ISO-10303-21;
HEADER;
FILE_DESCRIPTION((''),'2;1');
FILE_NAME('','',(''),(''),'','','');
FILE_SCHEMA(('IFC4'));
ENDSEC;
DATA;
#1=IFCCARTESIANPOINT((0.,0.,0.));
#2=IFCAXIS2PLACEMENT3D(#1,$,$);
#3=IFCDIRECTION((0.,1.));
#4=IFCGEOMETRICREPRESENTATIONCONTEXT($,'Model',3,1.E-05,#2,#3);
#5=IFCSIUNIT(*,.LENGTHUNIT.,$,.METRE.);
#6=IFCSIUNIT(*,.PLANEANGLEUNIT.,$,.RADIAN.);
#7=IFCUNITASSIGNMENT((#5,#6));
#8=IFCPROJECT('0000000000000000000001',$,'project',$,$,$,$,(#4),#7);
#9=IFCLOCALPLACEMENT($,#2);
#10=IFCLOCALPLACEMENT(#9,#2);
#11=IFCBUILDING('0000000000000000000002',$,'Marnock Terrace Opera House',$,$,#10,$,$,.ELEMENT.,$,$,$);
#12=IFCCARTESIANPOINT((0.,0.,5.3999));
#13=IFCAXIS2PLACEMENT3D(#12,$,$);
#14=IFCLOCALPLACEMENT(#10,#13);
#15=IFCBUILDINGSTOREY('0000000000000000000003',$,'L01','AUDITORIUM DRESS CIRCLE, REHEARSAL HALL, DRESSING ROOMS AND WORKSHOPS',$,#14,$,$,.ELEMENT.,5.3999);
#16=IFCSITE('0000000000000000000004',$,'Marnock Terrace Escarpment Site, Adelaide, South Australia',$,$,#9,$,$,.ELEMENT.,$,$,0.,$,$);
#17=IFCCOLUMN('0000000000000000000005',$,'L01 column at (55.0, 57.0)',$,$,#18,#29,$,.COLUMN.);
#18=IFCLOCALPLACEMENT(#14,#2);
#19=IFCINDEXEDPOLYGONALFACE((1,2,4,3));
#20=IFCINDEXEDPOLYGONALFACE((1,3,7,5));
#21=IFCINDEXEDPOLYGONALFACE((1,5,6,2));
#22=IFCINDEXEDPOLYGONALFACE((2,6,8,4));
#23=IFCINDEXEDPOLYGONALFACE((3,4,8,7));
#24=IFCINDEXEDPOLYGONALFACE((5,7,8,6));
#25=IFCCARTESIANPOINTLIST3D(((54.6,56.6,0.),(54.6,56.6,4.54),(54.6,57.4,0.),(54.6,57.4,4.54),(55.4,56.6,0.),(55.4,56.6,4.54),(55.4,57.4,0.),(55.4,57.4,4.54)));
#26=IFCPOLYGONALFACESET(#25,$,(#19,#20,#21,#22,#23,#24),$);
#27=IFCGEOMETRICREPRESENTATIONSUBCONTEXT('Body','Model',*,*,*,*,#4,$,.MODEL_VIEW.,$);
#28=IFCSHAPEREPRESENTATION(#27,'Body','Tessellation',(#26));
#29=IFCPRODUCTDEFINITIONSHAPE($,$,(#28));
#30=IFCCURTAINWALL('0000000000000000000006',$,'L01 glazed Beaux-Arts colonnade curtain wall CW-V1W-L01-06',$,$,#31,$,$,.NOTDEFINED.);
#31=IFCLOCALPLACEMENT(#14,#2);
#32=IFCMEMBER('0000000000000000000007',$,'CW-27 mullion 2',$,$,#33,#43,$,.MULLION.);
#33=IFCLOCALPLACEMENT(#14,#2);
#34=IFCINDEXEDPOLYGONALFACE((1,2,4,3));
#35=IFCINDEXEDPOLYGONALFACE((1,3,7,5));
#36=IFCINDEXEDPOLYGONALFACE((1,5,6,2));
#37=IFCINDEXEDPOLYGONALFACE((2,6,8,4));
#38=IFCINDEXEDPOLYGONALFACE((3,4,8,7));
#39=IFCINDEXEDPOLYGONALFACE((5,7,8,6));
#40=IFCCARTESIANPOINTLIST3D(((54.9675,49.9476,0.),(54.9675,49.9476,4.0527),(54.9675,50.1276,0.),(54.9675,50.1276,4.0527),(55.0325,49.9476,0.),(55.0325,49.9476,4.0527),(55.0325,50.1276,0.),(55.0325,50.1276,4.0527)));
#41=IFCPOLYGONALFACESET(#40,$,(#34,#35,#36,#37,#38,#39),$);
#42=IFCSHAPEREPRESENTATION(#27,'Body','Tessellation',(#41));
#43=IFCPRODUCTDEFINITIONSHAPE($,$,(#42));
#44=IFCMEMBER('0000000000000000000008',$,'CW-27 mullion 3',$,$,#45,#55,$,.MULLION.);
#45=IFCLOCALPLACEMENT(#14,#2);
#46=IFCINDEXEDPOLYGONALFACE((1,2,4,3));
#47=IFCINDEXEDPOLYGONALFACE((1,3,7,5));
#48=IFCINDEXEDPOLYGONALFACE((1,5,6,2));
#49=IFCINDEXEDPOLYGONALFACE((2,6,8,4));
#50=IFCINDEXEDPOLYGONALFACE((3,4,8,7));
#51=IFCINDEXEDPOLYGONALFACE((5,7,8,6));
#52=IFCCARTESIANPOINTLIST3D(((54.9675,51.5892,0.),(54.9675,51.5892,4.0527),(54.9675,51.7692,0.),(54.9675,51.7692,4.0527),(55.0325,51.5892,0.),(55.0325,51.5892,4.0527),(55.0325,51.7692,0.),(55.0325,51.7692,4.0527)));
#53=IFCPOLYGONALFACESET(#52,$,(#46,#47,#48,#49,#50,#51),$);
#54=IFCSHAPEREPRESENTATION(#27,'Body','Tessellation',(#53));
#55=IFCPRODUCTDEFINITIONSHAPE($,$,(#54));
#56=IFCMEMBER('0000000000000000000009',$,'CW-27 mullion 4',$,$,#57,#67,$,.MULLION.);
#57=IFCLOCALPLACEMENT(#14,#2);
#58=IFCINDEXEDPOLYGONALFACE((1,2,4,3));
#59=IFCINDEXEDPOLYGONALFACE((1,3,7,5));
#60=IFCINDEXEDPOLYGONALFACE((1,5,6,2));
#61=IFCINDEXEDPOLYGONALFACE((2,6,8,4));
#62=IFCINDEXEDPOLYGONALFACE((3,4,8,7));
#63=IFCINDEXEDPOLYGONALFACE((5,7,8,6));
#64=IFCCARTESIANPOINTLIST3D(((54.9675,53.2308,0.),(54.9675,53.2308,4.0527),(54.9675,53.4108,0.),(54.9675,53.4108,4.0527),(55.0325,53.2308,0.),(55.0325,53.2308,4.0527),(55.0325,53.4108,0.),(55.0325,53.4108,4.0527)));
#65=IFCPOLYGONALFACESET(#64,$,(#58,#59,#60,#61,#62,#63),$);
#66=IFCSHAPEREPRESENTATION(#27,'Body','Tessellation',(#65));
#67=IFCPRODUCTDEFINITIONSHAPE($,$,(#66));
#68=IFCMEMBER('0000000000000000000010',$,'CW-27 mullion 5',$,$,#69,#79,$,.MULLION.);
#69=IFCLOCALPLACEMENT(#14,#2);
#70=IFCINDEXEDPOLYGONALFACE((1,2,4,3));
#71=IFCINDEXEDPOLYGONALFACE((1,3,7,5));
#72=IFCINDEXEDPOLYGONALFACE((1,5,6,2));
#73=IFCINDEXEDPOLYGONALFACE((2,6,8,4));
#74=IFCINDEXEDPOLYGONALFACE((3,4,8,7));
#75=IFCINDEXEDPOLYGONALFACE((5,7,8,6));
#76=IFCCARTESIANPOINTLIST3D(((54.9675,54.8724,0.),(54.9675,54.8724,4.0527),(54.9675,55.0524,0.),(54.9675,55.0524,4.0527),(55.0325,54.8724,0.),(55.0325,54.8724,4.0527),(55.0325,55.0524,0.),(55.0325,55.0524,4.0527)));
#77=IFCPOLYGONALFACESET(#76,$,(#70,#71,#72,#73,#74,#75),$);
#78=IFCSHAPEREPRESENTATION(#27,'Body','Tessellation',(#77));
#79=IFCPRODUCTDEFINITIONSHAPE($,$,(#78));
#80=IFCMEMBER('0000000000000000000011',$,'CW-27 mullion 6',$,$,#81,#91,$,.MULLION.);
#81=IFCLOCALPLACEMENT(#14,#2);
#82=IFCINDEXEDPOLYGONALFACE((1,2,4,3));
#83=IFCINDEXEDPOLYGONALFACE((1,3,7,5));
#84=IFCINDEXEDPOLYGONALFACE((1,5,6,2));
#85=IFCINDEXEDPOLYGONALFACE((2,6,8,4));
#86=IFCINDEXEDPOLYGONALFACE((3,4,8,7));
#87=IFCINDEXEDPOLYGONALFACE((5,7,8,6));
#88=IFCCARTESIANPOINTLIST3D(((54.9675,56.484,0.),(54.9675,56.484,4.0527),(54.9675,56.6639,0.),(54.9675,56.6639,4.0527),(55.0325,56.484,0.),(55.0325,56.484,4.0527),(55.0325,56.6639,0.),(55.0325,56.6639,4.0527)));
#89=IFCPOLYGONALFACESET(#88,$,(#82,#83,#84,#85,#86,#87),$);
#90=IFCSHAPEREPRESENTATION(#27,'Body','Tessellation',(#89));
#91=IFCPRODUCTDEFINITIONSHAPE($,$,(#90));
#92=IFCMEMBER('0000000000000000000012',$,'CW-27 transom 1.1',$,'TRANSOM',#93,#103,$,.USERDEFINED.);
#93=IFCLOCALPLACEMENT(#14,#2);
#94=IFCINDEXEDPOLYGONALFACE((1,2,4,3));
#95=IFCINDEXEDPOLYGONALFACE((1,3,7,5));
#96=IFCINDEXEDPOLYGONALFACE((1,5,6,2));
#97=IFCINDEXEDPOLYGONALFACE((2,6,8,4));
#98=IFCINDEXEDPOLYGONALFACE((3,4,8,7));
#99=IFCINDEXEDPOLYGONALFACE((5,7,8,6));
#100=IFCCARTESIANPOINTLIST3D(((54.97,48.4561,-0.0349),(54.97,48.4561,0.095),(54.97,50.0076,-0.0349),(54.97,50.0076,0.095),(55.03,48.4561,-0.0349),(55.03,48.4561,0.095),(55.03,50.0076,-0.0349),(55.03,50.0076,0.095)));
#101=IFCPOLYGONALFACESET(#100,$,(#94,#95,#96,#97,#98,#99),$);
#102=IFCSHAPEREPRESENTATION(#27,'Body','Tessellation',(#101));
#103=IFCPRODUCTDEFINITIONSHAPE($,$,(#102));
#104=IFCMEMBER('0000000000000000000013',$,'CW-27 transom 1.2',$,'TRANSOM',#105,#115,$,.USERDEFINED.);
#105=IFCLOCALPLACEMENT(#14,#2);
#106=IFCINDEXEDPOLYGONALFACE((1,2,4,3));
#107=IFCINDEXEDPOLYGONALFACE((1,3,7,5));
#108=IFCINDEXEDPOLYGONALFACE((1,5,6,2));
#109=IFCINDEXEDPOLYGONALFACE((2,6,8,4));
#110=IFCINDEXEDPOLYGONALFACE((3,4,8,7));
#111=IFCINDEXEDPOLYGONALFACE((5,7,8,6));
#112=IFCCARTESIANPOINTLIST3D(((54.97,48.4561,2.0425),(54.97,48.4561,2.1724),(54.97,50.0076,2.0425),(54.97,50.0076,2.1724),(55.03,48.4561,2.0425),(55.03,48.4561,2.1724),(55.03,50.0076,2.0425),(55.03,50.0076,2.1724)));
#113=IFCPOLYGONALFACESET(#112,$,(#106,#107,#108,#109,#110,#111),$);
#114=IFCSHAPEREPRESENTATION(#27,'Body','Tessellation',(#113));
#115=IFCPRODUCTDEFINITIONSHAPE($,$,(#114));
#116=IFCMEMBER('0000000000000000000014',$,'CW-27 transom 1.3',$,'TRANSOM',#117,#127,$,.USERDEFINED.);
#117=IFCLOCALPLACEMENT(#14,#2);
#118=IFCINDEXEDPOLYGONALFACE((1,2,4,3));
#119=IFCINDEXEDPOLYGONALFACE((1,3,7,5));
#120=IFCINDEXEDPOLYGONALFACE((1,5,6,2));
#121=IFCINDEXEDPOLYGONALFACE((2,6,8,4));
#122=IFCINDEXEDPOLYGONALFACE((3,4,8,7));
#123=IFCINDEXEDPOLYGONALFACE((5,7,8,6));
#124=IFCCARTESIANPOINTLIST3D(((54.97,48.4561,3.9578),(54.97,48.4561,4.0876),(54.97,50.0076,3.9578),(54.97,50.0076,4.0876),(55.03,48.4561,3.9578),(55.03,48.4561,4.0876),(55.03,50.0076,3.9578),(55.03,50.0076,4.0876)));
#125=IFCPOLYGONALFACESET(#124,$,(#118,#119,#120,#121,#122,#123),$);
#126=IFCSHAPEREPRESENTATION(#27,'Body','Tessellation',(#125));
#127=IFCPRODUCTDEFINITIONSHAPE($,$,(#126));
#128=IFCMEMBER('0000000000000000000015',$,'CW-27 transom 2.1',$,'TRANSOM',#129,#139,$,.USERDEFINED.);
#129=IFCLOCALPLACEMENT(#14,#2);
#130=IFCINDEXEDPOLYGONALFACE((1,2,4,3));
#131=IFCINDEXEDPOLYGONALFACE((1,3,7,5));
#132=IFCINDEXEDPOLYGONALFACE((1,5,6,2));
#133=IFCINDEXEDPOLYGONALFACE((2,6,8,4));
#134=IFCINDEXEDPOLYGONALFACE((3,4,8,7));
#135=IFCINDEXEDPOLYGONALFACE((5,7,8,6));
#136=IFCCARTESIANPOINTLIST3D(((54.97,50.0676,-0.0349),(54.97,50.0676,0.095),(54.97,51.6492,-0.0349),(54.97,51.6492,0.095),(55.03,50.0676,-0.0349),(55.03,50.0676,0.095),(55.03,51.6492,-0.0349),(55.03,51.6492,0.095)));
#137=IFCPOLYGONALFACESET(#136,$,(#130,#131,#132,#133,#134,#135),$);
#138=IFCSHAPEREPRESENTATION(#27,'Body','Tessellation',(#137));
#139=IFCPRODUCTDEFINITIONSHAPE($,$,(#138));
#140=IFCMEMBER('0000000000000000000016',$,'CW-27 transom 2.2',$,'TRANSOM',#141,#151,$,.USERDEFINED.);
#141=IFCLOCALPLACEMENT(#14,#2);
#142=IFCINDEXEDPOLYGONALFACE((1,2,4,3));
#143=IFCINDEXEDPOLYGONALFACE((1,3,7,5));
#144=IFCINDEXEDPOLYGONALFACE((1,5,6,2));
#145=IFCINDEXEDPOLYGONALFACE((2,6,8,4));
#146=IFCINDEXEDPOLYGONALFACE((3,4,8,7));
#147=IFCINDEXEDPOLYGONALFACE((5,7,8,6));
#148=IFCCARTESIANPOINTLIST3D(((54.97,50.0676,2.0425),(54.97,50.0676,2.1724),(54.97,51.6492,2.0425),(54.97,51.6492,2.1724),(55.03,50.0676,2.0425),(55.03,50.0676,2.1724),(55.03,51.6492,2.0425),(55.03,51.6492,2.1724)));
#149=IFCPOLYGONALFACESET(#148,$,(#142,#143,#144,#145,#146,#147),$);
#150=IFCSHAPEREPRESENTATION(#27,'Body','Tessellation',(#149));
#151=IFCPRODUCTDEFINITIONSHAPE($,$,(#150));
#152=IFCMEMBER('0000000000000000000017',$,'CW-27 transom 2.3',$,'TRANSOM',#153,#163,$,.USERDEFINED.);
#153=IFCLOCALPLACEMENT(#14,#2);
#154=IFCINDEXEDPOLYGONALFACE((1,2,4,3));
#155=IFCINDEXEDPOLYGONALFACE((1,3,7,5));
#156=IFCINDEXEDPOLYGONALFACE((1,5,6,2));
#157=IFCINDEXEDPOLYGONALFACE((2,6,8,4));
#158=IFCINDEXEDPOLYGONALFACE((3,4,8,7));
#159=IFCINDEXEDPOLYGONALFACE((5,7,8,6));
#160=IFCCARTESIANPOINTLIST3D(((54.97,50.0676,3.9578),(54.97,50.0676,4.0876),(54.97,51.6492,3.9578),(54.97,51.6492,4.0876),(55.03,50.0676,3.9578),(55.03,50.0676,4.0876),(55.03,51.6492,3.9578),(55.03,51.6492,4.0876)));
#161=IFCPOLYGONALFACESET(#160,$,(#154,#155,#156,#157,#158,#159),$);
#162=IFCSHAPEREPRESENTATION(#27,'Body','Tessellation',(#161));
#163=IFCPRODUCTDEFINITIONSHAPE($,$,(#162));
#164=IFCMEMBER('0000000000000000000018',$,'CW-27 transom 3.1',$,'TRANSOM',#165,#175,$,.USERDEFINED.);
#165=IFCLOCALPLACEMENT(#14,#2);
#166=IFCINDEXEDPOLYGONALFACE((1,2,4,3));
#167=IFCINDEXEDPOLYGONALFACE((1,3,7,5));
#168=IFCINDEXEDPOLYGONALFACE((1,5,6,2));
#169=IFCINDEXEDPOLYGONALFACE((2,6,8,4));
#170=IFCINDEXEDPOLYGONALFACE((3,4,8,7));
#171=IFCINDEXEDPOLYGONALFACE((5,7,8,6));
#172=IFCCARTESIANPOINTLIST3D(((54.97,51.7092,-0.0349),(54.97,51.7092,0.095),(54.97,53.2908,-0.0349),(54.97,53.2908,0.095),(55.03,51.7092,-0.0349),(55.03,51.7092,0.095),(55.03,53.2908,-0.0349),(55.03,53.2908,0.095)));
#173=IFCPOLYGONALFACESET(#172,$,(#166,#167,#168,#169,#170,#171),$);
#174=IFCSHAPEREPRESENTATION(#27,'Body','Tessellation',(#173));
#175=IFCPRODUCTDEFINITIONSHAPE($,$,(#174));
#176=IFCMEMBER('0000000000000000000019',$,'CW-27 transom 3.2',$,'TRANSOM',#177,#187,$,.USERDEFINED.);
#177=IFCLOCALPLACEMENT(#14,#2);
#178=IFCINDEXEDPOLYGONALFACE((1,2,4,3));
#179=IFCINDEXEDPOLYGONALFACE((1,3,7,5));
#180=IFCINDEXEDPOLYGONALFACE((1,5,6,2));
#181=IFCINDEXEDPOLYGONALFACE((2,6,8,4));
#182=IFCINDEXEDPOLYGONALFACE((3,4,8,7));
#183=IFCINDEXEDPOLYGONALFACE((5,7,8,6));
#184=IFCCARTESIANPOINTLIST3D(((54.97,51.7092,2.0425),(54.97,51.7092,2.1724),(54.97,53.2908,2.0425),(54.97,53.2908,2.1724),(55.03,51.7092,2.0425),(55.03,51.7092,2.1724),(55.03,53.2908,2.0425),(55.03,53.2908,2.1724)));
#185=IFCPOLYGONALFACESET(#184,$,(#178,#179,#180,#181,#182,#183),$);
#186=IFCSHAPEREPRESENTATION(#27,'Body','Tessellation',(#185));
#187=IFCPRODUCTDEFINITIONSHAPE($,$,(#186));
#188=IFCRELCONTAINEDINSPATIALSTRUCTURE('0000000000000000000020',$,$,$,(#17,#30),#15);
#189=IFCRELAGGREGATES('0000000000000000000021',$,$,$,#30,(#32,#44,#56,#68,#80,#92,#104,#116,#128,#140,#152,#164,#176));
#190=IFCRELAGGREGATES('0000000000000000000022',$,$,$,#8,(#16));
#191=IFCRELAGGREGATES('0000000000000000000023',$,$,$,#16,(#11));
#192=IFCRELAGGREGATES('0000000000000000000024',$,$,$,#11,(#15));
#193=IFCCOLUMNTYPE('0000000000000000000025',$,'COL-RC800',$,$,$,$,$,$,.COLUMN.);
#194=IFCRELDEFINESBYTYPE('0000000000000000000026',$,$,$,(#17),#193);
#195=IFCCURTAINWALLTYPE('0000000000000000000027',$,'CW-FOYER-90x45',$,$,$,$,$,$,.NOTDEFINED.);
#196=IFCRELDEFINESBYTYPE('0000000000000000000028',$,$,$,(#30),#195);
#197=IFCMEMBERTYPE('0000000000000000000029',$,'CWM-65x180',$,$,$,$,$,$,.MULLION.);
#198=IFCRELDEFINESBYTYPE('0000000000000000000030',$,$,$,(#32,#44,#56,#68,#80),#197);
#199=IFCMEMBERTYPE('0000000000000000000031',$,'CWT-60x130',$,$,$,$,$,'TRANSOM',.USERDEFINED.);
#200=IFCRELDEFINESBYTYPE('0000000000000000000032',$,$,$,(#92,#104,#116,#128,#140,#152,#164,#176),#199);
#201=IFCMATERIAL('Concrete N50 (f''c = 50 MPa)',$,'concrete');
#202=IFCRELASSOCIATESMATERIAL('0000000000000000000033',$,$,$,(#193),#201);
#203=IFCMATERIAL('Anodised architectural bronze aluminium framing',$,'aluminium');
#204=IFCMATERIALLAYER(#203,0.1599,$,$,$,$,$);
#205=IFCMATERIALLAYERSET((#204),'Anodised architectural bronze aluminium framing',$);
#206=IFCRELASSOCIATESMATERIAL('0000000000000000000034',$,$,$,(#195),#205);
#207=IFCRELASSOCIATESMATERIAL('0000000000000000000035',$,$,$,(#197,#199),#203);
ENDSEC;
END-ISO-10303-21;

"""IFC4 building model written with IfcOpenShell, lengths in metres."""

from ifc_helpers import new_model, si_unit, direction, frame, origin, origin_2d, place, context, subcontext, project, spatial, rectangle, extrude, material, layer, layer_set, material_profile, profile_set, type_object, element, aggregate, save


model = new_model("IFC4")

# Units and contexts
model_context = context("Model", 3, precision=1e-05, world=origin(), true_north=direction((0.0, 1.0)))
body_context = subcontext(model_context, "Body", "Model", "MODEL_VIEW")
ifc_project = project(units=[si_unit("LENGTHUNIT", "METRE"), si_unit("PLANEANGLEUNIT", "RADIAN")], contexts=[model_context])

# Site, building, storey
site_placement = place(None, origin())
site = spatial("IfcSite", under=ifc_project, at=site_placement, Name="Marnock Terrace Escarpment Site, Adelaide, South Australia", CompositionType="ELEMENT", RefElevation=0.0)
building_placement = place(site_placement, origin())
building = spatial("IfcBuilding", under=site, at=building_placement, Name="Marnock Terrace Opera House", CompositionType="ELEMENT")
storey_placement = place(building_placement, frame((0.0, 0.0, 5.3999)))
storey = spatial("IfcBuildingStorey", under=building, at=storey_placement, Name="L01", Description="AUDITORIUM DRESS CIRCLE, REHEARSAL HALL, DRESSING ROOMS AND WORKSHOPS", CompositionType="ELEMENT", Elevation=5.3999)

# Column
ifc_material_1 = material(Name="Concrete N50 (f'c = 50 MPa)", Category="concrete")
ifc_material_profile_1 = material_profile(ifc_material_1, rectangle(XDim=0.8, YDim=0.8, at=origin_2d()))
ifc_profile_set_1 = profile_set([ifc_material_profile_1], Name="Concrete N50 (f'c = 50 MPa)")
column_type = type_object("IfcColumnType", Name="COL-RC800", PredefinedType="COLUMN", material=ifc_profile_set_1)
column_placement = place(storey_placement, frame((55.0, 57.0, 0.0), z_axis=(0.0, 0.0, 1.0), x_axis=(1.0, 0.0, 0.0)))
element("IfcColumn", 1, at=column_placement, inside=storey, type_object=column_type, Name="L01 column at (55.0, 57.0)", PredefinedType="COLUMN", context=body_context, shape_type="SweptSolid", body=[
    extrude(rectangle(XDim=0.8, YDim=0.8, at=origin_2d()), origin(), (0.0, 0.0, 1.0), 4.54),
])

# Curtain wall, members
ifc_material_2 = material(Name="Anodised architectural bronze aluminium framing", Category="aluminium")
ifc_layer_1 = layer(ifc_material_2, 0.1599)
ifc_layer_set_1 = layer_set([ifc_layer_1], Name="Anodised architectural bronze aluminium framing")
curtain_wall_type = type_object("IfcCurtainWallType", Name="CW-FOYER-90x45", PredefinedType="NOTDEFINED", material=ifc_layer_set_1)
curtain_wall_placement = place(storey_placement, origin())
curtain_wall = element("IfcCurtainWall", 2, at=curtain_wall_placement, inside=storey, type_object=curtain_wall_type, Name="L01 glazed Beaux-Arts colonnade curtain wall CW-V1W-L01-06", PredefinedType="NOTDEFINED")
ifc_material_profile_2 = material_profile(ifc_material_2, rectangle(XDim=0.0649, YDim=0.1799, at=origin_2d()))
ifc_profile_set_2 = profile_set([ifc_material_profile_2], Name="Anodised architectural bronze aluminium framing")
member_type_1 = type_object("IfcMemberType", Name="CWM-65x180", PredefinedType="MULLION", material=ifc_profile_set_2)
member_1_placement = place(storey_placement, frame((55.0, 50.0376, 0.0), z_axis=(0.0, 0.0, 1.0), x_axis=(-1.0, 0.0, 0.0)))
member_1 = element("IfcMember", 3, at=member_1_placement, type_object=member_type_1, Name="CW-27 mullion 2", PredefinedType="MULLION", context=body_context, shape_type="SweptSolid", body=[
    extrude(rectangle(XDim=0.0649, YDim=0.1799, at=origin_2d()), origin(), (0.0, 0.0, 1.0), 4.0527),
])
member_2_placement = place(storey_placement, frame((55.0, 51.6792, 0.0), z_axis=(0.0, 0.0, 1.0), x_axis=(-1.0, 0.0, 0.0)))
member_2 = element("IfcMember", 4, at=member_2_placement, type_object=member_type_1, Name="CW-27 mullion 3", PredefinedType="MULLION", context=body_context, shape_type="SweptSolid", body=[
    extrude(rectangle(XDim=0.0649, YDim=0.1799, at=origin_2d()), origin(), (0.0, 0.0, 1.0), 4.0527),
])
member_3_placement = place(storey_placement, frame((55.0, 53.3208, 0.0), z_axis=(0.0, 0.0, 1.0), x_axis=(-1.0, 0.0, 0.0)))
member_3 = element("IfcMember", 5, at=member_3_placement, type_object=member_type_1, Name="CW-27 mullion 4", PredefinedType="MULLION", context=body_context, shape_type="SweptSolid", body=[
    extrude(rectangle(XDim=0.0649, YDim=0.1799, at=origin_2d()), origin(), (0.0, 0.0, 1.0), 4.0527),
])
member_4_placement = place(storey_placement, frame((55.0, 54.9624, 0.0), z_axis=(0.0, 0.0, 1.0), x_axis=(-1.0, 0.0, 0.0)))
member_4 = element("IfcMember", 6, at=member_4_placement, type_object=member_type_1, Name="CW-27 mullion 5", PredefinedType="MULLION", context=body_context, shape_type="SweptSolid", body=[
    extrude(rectangle(XDim=0.0649, YDim=0.1799, at=origin_2d()), origin(), (0.0, 0.0, 1.0), 4.0527),
])
member_5_placement = place(storey_placement, frame((55.0, 56.574, 0.0), z_axis=(0.0, 0.0, 1.0), x_axis=(-1.0, 0.0, 0.0)))
member_5 = element("IfcMember", 7, at=member_5_placement, type_object=member_type_1, Name="CW-27 mullion 6", PredefinedType="MULLION", context=body_context, shape_type="SweptSolid", body=[
    extrude(rectangle(XDim=0.0649, YDim=0.1799, at=origin_2d()), origin(), (0.0, 0.0, 1.0), 4.0527),
])
ifc_material_profile_3 = material_profile(ifc_material_2, rectangle(XDim=0.0601, YDim=0.1299, at=origin_2d()))
ifc_profile_set_3 = profile_set([ifc_material_profile_3], Name="Anodised architectural bronze aluminium framing")
member_type_2 = type_object("IfcMemberType", Name="CWT-60x130", ElementType="TRANSOM", PredefinedType="USERDEFINED", material=ifc_profile_set_3)
member_6_placement = place(storey_placement, frame((55.0, 48.4561, 0.03), z_axis=(0.0, 1.0, 0.0), x_axis=(-1.0, 0.0, 0.0)))
member_6 = element("IfcMember", 8, at=member_6_placement, type_object=member_type_2, Name="CW-27 transom 1.1", ObjectType="TRANSOM", PredefinedType="USERDEFINED", context=body_context, shape_type="SweptSolid", body=[
    extrude(rectangle(XDim=0.0601, YDim=0.1299, at=origin_2d()), origin(), (0.0, 0.0, 1.0), 1.5515),
])
member_7_placement = place(storey_placement, frame((55.0, 48.4561, 2.1074), z_axis=(0.0, 1.0, 0.0), x_axis=(-1.0, 0.0, 0.0)))
member_7 = element("IfcMember", 9, at=member_7_placement, type_object=member_type_2, Name="CW-27 transom 1.2", ObjectType="TRANSOM", PredefinedType="USERDEFINED", context=body_context, shape_type="SweptSolid", body=[
    extrude(rectangle(XDim=0.0601, YDim=0.1299, at=origin_2d()), origin(), (0.0, 0.0, 1.0), 1.5515),
])
member_8_placement = place(storey_placement, frame((55.0, 48.4561, 4.0227), z_axis=(0.0, 1.0, 0.0), x_axis=(-1.0, 0.0, 0.0)))
member_8 = element("IfcMember", 10, at=member_8_placement, type_object=member_type_2, Name="CW-27 transom 1.3", ObjectType="TRANSOM", PredefinedType="USERDEFINED", context=body_context, shape_type="SweptSolid", body=[
    extrude(rectangle(XDim=0.0601, YDim=0.1299, at=origin_2d()), origin(), (0.0, 0.0, 1.0), 1.5515),
])
member_9_placement = place(storey_placement, frame((55.0, 50.0676, 0.03), z_axis=(0.0, 1.0, 0.0), x_axis=(-1.0, 0.0, 0.0)))
member_9 = element("IfcMember", 11, at=member_9_placement, type_object=member_type_2, Name="CW-27 transom 2.1", ObjectType="TRANSOM", PredefinedType="USERDEFINED", context=body_context, shape_type="SweptSolid", body=[
    extrude(rectangle(XDim=0.0601, YDim=0.1299, at=origin_2d()), origin(), (0.0, 0.0, 1.0), 1.5815),
])
member_10_placement = place(storey_placement, frame((55.0, 50.0676, 2.1074), z_axis=(0.0, 1.0, 0.0), x_axis=(-1.0, 0.0, 0.0)))
member_10 = element("IfcMember", 12, at=member_10_placement, type_object=member_type_2, Name="CW-27 transom 2.2", ObjectType="TRANSOM", PredefinedType="USERDEFINED", context=body_context, shape_type="SweptSolid", body=[
    extrude(rectangle(XDim=0.0601, YDim=0.1299, at=origin_2d()), origin(), (0.0, 0.0, 1.0), 1.5815),
])
member_11_placement = place(storey_placement, frame((55.0, 50.0676, 4.0227), z_axis=(0.0, 1.0, 0.0), x_axis=(-1.0, 0.0, 0.0)))
member_11 = element("IfcMember", 13, at=member_11_placement, type_object=member_type_2, Name="CW-27 transom 2.3", ObjectType="TRANSOM", PredefinedType="USERDEFINED", context=body_context, shape_type="SweptSolid", body=[
    extrude(rectangle(XDim=0.0601, YDim=0.1299, at=origin_2d()), origin(), (0.0, 0.0, 1.0), 1.5815),
])
member_12_placement = place(storey_placement, frame((55.0, 51.7092, 0.03), z_axis=(0.0, 1.0, 0.0), x_axis=(-1.0, 0.0, 0.0)))
member_12 = element("IfcMember", 14, at=member_12_placement, type_object=member_type_2, Name="CW-27 transom 3.1", ObjectType="TRANSOM", PredefinedType="USERDEFINED", context=body_context, shape_type="SweptSolid", body=[
    extrude(rectangle(XDim=0.0601, YDim=0.1299, at=origin_2d()), origin(), (0.0, 0.0, 1.0), 1.5815),
])
member_13_placement = place(storey_placement, frame((55.0, 51.7092, 2.1074), z_axis=(0.0, 1.0, 0.0), x_axis=(-1.0, 0.0, 0.0)))
member_13 = element("IfcMember", 15, at=member_13_placement, type_object=member_type_2, Name="CW-27 transom 3.2", ObjectType="TRANSOM", PredefinedType="USERDEFINED", context=body_context, shape_type="SweptSolid", body=[
    extrude(rectangle(XDim=0.0601, YDim=0.1299, at=origin_2d()), origin(), (0.0, 0.0, 1.0), 1.5815),
])
aggregate(curtain_wall, [member_1, member_2, member_3, member_4, member_5, member_6, member_7, member_8, member_9, member_10, member_11, member_12, member_13])

save(model, "model.ifc")
